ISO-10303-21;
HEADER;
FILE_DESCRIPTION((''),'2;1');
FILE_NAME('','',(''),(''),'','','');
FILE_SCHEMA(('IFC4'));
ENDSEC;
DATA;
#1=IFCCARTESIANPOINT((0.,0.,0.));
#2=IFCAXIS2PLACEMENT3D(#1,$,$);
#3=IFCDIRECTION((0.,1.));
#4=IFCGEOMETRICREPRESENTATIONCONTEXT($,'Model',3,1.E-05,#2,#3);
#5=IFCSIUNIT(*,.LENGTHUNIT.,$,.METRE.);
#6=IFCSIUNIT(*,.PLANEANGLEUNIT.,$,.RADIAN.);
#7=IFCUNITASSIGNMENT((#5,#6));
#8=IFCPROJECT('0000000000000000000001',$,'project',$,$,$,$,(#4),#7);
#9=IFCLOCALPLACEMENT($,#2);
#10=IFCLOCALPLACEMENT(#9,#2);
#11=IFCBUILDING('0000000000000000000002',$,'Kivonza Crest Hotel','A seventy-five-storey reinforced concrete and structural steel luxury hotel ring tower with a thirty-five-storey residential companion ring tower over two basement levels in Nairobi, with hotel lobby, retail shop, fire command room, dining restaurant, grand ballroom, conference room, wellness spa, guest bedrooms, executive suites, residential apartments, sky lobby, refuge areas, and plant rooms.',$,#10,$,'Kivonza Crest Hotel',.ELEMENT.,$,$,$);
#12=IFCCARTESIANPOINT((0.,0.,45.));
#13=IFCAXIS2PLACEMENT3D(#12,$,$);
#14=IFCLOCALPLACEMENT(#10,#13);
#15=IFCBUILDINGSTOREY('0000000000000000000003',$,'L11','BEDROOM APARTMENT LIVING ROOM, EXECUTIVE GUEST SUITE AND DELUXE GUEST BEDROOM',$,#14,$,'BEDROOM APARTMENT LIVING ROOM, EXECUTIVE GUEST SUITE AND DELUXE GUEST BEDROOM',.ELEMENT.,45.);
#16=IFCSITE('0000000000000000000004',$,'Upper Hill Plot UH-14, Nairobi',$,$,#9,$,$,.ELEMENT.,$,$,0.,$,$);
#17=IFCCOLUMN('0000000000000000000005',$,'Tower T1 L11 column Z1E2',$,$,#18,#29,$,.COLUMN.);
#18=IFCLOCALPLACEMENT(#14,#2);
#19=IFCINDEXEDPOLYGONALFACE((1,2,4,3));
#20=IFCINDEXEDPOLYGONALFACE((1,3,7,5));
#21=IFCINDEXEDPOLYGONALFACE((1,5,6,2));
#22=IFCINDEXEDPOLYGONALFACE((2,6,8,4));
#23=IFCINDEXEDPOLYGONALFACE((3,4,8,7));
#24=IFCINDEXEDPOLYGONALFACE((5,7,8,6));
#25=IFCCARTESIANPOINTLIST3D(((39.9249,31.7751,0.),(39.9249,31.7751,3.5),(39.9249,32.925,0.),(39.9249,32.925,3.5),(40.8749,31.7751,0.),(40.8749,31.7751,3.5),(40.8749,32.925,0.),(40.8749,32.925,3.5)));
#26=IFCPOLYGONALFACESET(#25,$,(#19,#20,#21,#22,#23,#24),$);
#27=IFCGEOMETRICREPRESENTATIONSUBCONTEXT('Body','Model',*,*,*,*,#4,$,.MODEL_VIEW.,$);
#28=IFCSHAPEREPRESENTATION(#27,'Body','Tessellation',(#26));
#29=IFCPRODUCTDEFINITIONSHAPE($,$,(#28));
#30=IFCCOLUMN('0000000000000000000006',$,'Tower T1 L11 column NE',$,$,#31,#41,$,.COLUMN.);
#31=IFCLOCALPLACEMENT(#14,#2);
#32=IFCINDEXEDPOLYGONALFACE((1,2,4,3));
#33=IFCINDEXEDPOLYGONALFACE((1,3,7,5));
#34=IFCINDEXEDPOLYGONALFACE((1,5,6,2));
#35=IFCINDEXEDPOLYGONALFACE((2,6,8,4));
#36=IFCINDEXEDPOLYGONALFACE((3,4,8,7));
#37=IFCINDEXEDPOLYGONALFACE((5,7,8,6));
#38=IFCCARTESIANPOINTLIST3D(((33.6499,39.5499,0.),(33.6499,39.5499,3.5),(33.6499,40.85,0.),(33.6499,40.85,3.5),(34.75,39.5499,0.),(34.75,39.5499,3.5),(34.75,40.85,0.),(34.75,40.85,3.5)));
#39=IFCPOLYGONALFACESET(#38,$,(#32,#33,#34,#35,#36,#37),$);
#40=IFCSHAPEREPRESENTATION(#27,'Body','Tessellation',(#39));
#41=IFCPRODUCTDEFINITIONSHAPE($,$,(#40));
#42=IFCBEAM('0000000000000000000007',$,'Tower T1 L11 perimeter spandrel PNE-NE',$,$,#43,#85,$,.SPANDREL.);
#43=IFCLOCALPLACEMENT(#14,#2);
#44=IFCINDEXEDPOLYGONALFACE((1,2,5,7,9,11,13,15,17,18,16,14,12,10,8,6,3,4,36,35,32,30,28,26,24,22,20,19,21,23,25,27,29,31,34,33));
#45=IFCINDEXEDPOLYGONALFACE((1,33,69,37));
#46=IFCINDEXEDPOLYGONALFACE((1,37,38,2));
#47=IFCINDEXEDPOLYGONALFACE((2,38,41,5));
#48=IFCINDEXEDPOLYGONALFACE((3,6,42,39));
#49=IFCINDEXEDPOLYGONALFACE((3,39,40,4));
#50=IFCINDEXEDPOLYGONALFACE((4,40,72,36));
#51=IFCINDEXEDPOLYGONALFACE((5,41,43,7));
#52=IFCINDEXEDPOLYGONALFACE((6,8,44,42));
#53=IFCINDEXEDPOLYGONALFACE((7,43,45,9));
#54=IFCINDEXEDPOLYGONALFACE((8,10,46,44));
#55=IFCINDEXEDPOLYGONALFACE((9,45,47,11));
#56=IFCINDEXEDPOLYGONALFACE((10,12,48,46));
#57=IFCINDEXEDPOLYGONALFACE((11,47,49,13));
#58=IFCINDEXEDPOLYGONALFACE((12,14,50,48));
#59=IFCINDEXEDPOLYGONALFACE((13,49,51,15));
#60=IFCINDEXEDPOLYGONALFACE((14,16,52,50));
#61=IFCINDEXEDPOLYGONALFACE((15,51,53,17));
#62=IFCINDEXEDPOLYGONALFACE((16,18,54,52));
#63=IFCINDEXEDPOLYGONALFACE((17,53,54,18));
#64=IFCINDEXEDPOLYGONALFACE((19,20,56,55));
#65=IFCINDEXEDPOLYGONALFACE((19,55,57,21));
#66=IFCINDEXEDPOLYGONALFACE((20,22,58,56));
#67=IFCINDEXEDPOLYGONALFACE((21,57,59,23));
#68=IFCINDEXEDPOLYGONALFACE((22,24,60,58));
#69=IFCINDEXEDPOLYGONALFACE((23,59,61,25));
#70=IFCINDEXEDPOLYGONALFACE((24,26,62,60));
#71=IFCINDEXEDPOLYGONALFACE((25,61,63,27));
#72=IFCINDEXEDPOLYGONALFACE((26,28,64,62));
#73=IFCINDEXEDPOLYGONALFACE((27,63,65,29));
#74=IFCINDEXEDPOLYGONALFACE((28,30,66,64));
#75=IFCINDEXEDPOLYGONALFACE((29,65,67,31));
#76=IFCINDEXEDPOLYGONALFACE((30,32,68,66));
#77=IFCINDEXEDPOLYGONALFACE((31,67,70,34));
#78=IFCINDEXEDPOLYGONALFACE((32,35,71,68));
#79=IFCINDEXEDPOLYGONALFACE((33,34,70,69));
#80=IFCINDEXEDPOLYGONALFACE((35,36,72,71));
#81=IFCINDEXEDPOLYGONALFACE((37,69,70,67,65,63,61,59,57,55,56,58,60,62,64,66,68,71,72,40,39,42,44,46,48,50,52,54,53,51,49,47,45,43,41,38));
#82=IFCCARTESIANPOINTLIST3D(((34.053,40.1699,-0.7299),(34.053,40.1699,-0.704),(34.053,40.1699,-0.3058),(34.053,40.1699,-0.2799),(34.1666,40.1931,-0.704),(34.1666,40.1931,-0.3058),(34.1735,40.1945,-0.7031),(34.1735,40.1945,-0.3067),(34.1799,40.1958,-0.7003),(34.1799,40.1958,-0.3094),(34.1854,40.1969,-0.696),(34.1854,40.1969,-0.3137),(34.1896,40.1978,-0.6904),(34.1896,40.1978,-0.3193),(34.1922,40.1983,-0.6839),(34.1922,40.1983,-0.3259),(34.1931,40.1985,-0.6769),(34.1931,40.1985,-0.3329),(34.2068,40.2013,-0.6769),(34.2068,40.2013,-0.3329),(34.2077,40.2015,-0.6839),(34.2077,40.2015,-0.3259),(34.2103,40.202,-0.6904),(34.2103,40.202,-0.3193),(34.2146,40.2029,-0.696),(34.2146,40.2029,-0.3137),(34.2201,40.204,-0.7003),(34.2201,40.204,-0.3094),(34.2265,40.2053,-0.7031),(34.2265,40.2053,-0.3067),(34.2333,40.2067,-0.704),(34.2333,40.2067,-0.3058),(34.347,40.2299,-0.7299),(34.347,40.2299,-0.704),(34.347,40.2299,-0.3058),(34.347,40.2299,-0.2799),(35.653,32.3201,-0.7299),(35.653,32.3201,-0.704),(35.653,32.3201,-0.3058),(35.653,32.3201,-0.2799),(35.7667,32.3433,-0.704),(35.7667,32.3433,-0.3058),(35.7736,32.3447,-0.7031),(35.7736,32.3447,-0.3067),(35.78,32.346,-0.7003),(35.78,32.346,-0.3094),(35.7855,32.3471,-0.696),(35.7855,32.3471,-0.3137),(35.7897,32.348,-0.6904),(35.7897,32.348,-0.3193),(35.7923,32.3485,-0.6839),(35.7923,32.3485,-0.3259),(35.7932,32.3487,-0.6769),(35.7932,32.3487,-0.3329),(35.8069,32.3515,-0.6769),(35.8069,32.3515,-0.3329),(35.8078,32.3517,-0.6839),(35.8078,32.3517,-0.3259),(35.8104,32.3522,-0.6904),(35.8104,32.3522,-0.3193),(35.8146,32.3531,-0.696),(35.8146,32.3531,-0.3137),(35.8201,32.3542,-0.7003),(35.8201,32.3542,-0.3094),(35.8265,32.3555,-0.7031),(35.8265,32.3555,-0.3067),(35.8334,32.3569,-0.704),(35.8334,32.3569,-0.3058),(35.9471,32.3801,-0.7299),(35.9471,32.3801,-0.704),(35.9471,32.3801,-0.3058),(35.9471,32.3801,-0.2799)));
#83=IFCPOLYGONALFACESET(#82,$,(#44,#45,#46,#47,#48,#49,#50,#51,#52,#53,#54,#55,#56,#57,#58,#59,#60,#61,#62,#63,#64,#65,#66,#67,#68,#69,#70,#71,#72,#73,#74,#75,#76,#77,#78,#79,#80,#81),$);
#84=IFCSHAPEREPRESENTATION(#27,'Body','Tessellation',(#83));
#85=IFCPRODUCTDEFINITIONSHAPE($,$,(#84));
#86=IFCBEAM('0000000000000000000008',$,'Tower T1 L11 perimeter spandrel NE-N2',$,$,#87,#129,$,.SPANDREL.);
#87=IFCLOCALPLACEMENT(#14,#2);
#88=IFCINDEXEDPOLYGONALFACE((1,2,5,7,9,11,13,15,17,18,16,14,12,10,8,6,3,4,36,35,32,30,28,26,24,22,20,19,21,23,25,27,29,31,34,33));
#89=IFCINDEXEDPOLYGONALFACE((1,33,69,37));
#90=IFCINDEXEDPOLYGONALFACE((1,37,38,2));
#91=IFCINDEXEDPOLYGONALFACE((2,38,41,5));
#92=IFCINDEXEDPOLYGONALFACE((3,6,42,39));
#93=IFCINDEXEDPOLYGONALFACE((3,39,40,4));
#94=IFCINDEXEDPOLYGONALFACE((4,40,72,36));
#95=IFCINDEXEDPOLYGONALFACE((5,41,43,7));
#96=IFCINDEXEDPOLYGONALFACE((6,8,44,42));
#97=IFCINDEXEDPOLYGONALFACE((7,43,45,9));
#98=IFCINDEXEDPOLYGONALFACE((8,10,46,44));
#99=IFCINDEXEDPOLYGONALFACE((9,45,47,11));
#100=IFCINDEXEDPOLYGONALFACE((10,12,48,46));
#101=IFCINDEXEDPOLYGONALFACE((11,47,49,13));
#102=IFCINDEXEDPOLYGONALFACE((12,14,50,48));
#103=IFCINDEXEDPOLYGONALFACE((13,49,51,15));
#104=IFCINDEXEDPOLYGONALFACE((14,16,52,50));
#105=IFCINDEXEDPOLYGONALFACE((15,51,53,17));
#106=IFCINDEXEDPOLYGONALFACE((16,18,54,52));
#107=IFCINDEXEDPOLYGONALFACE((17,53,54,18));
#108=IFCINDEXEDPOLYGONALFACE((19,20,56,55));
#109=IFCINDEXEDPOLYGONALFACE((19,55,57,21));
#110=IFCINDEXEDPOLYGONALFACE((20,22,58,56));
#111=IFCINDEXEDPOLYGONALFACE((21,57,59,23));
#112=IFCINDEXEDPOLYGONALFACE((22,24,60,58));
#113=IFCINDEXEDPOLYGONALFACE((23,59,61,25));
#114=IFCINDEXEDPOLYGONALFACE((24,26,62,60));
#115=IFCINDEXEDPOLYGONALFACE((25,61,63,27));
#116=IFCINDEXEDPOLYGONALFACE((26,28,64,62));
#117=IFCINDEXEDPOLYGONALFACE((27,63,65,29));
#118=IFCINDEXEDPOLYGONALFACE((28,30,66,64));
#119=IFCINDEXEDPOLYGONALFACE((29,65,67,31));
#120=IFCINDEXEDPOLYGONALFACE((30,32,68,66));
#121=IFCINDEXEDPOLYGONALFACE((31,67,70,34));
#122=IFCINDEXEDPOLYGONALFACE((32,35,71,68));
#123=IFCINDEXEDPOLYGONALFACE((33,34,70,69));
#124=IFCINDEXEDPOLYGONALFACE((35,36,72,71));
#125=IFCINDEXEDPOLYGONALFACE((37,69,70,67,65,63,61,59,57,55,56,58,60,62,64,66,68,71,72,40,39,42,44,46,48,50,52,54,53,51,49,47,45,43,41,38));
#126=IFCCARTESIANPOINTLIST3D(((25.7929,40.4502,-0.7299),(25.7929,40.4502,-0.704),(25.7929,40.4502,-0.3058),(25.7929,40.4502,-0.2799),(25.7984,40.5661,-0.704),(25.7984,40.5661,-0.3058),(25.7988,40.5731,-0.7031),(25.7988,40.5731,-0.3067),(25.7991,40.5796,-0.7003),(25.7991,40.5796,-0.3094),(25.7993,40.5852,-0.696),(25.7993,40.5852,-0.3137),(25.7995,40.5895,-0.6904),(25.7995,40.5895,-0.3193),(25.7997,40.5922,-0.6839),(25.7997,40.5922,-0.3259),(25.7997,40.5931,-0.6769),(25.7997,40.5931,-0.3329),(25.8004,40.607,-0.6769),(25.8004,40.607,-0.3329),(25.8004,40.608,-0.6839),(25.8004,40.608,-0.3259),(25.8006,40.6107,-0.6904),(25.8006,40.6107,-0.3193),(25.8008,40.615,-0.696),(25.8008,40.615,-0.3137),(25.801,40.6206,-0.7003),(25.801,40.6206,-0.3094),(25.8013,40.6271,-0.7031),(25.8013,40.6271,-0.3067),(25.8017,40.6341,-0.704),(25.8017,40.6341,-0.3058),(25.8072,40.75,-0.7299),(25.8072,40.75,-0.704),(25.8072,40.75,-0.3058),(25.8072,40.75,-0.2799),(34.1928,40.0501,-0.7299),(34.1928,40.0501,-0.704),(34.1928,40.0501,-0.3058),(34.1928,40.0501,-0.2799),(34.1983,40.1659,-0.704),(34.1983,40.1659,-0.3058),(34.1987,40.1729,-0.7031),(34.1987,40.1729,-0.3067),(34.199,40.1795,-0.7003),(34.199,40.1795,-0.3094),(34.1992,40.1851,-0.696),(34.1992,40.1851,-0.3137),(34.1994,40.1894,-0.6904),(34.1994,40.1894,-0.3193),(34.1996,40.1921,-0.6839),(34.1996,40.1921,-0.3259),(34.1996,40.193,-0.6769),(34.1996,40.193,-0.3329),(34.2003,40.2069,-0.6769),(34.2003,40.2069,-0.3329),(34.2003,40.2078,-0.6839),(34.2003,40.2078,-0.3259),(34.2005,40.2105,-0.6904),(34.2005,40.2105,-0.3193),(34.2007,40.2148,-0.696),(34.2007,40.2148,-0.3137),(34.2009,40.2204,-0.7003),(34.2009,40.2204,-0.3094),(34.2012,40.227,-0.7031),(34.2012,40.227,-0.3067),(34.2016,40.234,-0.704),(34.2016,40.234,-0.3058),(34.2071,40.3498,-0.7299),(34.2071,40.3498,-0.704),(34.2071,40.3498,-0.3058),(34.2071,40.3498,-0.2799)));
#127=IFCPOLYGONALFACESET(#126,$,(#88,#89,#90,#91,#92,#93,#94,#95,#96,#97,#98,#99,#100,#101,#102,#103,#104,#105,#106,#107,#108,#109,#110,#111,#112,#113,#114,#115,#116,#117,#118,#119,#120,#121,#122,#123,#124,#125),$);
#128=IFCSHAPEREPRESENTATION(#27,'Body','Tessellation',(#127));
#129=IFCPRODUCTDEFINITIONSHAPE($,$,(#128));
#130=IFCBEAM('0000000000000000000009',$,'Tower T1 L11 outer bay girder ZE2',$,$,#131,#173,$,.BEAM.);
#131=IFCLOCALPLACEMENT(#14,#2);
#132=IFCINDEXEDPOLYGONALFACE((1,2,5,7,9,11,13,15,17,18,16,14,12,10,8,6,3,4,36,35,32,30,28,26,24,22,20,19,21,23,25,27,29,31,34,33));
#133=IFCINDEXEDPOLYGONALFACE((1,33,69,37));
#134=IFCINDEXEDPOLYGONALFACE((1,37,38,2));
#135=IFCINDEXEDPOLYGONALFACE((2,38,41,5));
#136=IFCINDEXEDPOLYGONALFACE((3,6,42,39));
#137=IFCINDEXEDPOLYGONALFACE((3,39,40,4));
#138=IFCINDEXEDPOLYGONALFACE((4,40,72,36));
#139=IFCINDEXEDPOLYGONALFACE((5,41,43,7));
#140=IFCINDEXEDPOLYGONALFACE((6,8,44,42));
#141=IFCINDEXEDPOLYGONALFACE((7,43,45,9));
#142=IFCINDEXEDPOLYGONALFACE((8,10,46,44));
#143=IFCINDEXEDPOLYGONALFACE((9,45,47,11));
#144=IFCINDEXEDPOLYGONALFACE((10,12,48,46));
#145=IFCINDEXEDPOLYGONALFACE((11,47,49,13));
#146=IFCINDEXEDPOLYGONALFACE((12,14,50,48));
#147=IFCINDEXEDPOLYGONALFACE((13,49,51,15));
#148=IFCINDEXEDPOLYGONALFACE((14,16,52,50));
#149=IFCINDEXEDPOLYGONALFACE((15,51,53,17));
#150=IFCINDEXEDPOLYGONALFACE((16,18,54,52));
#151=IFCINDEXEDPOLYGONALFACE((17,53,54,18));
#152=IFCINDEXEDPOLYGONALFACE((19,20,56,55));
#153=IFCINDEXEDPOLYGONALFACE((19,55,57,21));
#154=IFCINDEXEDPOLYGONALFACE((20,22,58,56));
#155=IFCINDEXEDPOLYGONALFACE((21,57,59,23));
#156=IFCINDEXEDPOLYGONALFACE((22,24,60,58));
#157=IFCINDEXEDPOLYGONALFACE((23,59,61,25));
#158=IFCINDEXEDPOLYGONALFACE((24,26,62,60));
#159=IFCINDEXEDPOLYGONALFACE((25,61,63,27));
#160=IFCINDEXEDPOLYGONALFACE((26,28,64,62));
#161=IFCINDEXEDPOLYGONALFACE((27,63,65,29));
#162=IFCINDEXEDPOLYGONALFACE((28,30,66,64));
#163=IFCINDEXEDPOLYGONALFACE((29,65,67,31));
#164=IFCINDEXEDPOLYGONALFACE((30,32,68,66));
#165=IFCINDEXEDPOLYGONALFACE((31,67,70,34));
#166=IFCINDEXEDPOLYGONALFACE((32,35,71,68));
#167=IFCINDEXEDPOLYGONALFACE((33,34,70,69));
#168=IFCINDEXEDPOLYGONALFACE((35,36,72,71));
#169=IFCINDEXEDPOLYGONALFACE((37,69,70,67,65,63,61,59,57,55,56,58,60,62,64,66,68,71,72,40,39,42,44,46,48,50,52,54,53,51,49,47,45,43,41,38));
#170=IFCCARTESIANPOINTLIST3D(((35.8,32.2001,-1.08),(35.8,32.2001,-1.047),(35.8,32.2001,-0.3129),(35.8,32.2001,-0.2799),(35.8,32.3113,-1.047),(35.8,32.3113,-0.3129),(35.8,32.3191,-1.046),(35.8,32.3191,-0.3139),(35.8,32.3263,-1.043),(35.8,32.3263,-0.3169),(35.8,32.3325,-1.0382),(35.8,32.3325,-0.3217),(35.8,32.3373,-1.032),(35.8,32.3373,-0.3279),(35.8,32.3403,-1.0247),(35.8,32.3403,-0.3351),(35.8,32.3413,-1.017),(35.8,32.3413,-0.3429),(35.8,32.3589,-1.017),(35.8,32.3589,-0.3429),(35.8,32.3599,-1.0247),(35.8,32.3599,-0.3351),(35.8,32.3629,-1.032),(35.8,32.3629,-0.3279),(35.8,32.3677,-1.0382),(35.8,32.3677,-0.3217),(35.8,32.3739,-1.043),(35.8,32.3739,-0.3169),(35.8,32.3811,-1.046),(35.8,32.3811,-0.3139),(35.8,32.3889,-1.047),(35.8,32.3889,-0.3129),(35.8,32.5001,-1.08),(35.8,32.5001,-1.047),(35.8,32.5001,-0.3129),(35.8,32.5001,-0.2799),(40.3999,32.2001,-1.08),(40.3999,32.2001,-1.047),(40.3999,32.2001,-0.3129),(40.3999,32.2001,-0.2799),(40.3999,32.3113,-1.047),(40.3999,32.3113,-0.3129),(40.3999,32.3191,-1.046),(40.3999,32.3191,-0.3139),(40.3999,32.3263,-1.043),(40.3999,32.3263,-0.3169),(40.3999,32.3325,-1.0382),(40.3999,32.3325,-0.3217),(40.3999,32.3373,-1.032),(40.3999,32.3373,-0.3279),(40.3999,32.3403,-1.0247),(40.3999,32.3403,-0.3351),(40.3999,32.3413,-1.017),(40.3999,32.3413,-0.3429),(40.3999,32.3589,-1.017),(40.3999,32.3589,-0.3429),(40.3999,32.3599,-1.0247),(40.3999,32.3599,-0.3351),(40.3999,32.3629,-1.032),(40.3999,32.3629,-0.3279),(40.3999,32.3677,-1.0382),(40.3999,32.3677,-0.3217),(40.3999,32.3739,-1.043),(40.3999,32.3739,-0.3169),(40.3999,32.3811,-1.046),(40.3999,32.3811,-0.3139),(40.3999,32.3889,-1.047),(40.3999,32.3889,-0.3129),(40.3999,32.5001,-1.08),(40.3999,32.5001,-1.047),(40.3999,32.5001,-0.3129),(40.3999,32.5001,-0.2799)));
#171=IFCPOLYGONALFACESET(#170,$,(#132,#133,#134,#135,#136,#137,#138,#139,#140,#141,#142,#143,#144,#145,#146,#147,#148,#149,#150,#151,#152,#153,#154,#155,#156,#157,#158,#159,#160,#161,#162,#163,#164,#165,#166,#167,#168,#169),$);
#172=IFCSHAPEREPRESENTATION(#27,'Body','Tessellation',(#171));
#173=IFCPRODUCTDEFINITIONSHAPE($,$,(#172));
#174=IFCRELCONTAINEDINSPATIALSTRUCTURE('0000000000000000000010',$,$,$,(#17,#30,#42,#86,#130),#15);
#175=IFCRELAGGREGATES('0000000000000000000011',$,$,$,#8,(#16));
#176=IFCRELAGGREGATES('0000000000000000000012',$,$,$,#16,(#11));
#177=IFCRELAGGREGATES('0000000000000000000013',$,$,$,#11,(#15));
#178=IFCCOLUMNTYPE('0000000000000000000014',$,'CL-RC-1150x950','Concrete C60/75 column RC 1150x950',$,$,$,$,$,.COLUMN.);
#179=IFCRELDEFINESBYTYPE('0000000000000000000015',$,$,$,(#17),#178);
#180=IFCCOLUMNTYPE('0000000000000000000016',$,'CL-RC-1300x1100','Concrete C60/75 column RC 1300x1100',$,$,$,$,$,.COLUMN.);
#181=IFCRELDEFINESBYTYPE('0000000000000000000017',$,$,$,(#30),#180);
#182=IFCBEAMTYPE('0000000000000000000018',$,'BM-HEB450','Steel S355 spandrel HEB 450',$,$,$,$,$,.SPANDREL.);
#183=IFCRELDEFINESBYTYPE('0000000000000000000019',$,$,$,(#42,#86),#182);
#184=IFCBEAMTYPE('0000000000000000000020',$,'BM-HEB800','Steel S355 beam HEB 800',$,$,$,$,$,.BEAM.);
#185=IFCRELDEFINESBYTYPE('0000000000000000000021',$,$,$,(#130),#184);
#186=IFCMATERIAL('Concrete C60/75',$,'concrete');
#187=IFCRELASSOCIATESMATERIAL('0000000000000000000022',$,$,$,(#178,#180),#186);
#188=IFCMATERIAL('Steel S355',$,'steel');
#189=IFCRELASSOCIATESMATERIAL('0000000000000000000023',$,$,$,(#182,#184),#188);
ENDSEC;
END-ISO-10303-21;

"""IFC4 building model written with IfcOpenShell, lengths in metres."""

from ifc_helpers import new_model, si_unit, direction, frame, origin, origin_2d, place, context, subcontext, project, spatial, rectangle, i_section, extrude, material, material_profile, profile_set, type_object, element, save


model = new_model("IFC4")

# Units and contexts
model_context = context("Model", 3, precision=1e-05, world=origin(), true_north=direction((0.0, 1.0)))
body_context = subcontext(model_context, "Body", "Model", "MODEL_VIEW")
ifc_project = project(units=[si_unit("LENGTHUNIT", "METRE"), si_unit("PLANEANGLEUNIT", "RADIAN")], contexts=[model_context])

# Site, building, storey
site_placement = place(None, origin())
site = spatial("IfcSite", under=ifc_project, at=site_placement, Name="Upper Hill Plot UH-14, Nairobi", CompositionType="ELEMENT", RefElevation=0.0)
building_placement = place(site_placement, origin())
building = spatial("IfcBuilding", under=site, at=building_placement, Name="Kivonza Crest Hotel", Description="A seventy-five-storey reinforced concrete and structural steel luxury hotel ring tower with a thirty-five-storey residential companion ring tower over two basement levels in Nairobi, with hotel lobby, retail shop, fire command room, dining restaurant, grand ballroom, conference room, wellness spa, guest bedrooms, executive suites, residential apartments, sky lobby, refuge areas, and plant rooms.", LongName="Kivonza Crest Hotel", CompositionType="ELEMENT")
storey_placement = place(building_placement, frame((0.0, 0.0, 45.0)))
storey = spatial("IfcBuildingStorey", under=building, at=storey_placement, Name="L11", Description="BEDROOM APARTMENT LIVING ROOM, EXECUTIVE GUEST SUITE AND DELUXE GUEST BEDROOM", LongName="BEDROOM APARTMENT LIVING ROOM, EXECUTIVE GUEST SUITE AND DELUXE GUEST BEDROOM", CompositionType="ELEMENT", Elevation=45.0)

# Columns
ifc_material_1 = material(Name="Concrete C60/75", Category="concrete")
ifc_material_profile_1 = material_profile(ifc_material_1, rectangle(XDim=0.95, YDim=1.1499, at=origin_2d()), Name="RC 1150x950")
ifc_profile_set_1 = profile_set([ifc_material_profile_1], Name="Concrete C60/75")
column_type_1 = type_object("IfcColumnType", Name="CL-RC-1150x950", Description="Concrete C60/75 column RC 1150x950", PredefinedType="COLUMN", material=ifc_profile_set_1)
column_1_placement = place(storey_placement, frame((40.3999, 32.3501, 0.0), z_axis=(0.0, 0.0, 1.0), x_axis=(1.0, 0.0, 0.0)))
element("IfcColumn", 1, at=column_1_placement, inside=storey, type_object=column_type_1, Name="Tower T1 L11 column Z1E2", PredefinedType="COLUMN", context=body_context, shape_type="SweptSolid", body=[
    extrude(rectangle(XDim=0.95, YDim=1.1499, at=origin_2d()), origin(), (0.0, 0.0, 1.0), 3.5),
])
ifc_material_profile_2 = material_profile(ifc_material_1, rectangle(XDim=1.1001, YDim=1.3, at=origin_2d()), Name="RC 1300x1100")
ifc_profile_set_2 = profile_set([ifc_material_profile_2], Name="Concrete C60/75")
column_type_2 = type_object("IfcColumnType", Name="CL-RC-1300x1100", Description="Concrete C60/75 column RC 1300x1100", PredefinedType="COLUMN", material=ifc_profile_set_2)
column_2_placement = place(storey_placement, frame((34.2, 40.2, 0.0), z_axis=(0.0, 0.0, 1.0), x_axis=(1.0, 0.0, 0.0)))
element("IfcColumn", 2, at=column_2_placement, inside=storey, type_object=column_type_2, Name="Tower T1 L11 column NE", PredefinedType="COLUMN", context=body_context, shape_type="SweptSolid", body=[
    extrude(rectangle(XDim=1.1001, YDim=1.3, at=origin_2d()), origin(), (0.0, 0.0, 1.0), 3.5),
])

# Beams
ifc_material_2 = material(Name="Steel S355", Category="steel")
ifc_material_profile_3 = material_profile(ifc_material_2, i_section(OverallWidth=0.3, OverallDepth=0.45, WebThickness=0.0139, FlangeThickness=0.0259, FilletRadius=0.0271, at=origin_2d()), Name="HEB 450")
ifc_profile_set_3 = profile_set([ifc_material_profile_3], Name="Steel S355")
beam_type_1 = type_object("IfcBeamType", Name="BM-HEB450", Description="Steel S355 spandrel HEB 450", PredefinedType="SPANDREL", material=ifc_profile_set_3)
beam_1_placement = place(storey_placement, frame((35.8, 32.3501, -0.5049), z_axis=(-0.199731, 0.979851, 0.0), x_axis=(-0.979851, -0.199731, 0.0)))
element("IfcBeam", 3, at=beam_1_placement, inside=storey, type_object=beam_type_1, Name="Tower T1 L11 perimeter spandrel PNE-NE", PredefinedType="SPANDREL", context=body_context, shape_type="SweptSolid", body=[
    extrude(i_section(OverallWidth=0.3, OverallDepth=0.45, WebThickness=0.0139, FlangeThickness=0.0259, FilletRadius=0.0271, at=origin_2d()), origin(), (0.0, 0.0, 1.0), 8.0112),
])
beam_2_placement = place(storey_placement, frame((34.2, 40.2, -0.5049), z_axis=(-0.998867, 0.047583, 0.0), x_axis=(-0.047583, -0.998867, 0.0)))
element("IfcBeam", 4, at=beam_2_placement, inside=storey, type_object=beam_type_1, Name="Tower T1 L11 perimeter spandrel NE-N2", PredefinedType="SPANDREL", context=body_context, shape_type="SweptSolid", body=[
    extrude(i_section(OverallWidth=0.3, OverallDepth=0.45, WebThickness=0.0139, FlangeThickness=0.0259, FilletRadius=0.0271, at=origin_2d()), origin(), (0.0, 0.0, 1.0), 8.4094),
])
ifc_material_profile_4 = material_profile(ifc_material_2, i_section(OverallWidth=0.3, OverallDepth=0.8, WebThickness=0.0176, FlangeThickness=0.033, FilletRadius=0.03, at=origin_2d()), Name="HEB 800")
ifc_profile_set_4 = profile_set([ifc_material_profile_4], Name="Steel S355")
beam_type_2 = type_object("IfcBeamType", Name="BM-HEB800", Description="Steel S355 beam HEB 800", PredefinedType="BEAM", material=ifc_profile_set_4)
beam_3_placement = place(storey_placement, frame((40.3999, 32.3501, -0.6799), z_axis=(-1.0, 0.0, 0.0), x_axis=(0.0, -1.0, 0.0)))
element("IfcBeam", 5, at=beam_3_placement, inside=storey, type_object=beam_type_2, Name="Tower T1 L11 outer bay girder ZE2", PredefinedType="BEAM", context=body_context, shape_type="SweptSolid", body=[
    extrude(i_section(OverallWidth=0.3, OverallDepth=0.8, WebThickness=0.0176, FlangeThickness=0.033, FilletRadius=0.03, at=origin_2d()), origin(), (0.0, 0.0, 1.0), 4.5999),
])

save(model, "model.ifc")
